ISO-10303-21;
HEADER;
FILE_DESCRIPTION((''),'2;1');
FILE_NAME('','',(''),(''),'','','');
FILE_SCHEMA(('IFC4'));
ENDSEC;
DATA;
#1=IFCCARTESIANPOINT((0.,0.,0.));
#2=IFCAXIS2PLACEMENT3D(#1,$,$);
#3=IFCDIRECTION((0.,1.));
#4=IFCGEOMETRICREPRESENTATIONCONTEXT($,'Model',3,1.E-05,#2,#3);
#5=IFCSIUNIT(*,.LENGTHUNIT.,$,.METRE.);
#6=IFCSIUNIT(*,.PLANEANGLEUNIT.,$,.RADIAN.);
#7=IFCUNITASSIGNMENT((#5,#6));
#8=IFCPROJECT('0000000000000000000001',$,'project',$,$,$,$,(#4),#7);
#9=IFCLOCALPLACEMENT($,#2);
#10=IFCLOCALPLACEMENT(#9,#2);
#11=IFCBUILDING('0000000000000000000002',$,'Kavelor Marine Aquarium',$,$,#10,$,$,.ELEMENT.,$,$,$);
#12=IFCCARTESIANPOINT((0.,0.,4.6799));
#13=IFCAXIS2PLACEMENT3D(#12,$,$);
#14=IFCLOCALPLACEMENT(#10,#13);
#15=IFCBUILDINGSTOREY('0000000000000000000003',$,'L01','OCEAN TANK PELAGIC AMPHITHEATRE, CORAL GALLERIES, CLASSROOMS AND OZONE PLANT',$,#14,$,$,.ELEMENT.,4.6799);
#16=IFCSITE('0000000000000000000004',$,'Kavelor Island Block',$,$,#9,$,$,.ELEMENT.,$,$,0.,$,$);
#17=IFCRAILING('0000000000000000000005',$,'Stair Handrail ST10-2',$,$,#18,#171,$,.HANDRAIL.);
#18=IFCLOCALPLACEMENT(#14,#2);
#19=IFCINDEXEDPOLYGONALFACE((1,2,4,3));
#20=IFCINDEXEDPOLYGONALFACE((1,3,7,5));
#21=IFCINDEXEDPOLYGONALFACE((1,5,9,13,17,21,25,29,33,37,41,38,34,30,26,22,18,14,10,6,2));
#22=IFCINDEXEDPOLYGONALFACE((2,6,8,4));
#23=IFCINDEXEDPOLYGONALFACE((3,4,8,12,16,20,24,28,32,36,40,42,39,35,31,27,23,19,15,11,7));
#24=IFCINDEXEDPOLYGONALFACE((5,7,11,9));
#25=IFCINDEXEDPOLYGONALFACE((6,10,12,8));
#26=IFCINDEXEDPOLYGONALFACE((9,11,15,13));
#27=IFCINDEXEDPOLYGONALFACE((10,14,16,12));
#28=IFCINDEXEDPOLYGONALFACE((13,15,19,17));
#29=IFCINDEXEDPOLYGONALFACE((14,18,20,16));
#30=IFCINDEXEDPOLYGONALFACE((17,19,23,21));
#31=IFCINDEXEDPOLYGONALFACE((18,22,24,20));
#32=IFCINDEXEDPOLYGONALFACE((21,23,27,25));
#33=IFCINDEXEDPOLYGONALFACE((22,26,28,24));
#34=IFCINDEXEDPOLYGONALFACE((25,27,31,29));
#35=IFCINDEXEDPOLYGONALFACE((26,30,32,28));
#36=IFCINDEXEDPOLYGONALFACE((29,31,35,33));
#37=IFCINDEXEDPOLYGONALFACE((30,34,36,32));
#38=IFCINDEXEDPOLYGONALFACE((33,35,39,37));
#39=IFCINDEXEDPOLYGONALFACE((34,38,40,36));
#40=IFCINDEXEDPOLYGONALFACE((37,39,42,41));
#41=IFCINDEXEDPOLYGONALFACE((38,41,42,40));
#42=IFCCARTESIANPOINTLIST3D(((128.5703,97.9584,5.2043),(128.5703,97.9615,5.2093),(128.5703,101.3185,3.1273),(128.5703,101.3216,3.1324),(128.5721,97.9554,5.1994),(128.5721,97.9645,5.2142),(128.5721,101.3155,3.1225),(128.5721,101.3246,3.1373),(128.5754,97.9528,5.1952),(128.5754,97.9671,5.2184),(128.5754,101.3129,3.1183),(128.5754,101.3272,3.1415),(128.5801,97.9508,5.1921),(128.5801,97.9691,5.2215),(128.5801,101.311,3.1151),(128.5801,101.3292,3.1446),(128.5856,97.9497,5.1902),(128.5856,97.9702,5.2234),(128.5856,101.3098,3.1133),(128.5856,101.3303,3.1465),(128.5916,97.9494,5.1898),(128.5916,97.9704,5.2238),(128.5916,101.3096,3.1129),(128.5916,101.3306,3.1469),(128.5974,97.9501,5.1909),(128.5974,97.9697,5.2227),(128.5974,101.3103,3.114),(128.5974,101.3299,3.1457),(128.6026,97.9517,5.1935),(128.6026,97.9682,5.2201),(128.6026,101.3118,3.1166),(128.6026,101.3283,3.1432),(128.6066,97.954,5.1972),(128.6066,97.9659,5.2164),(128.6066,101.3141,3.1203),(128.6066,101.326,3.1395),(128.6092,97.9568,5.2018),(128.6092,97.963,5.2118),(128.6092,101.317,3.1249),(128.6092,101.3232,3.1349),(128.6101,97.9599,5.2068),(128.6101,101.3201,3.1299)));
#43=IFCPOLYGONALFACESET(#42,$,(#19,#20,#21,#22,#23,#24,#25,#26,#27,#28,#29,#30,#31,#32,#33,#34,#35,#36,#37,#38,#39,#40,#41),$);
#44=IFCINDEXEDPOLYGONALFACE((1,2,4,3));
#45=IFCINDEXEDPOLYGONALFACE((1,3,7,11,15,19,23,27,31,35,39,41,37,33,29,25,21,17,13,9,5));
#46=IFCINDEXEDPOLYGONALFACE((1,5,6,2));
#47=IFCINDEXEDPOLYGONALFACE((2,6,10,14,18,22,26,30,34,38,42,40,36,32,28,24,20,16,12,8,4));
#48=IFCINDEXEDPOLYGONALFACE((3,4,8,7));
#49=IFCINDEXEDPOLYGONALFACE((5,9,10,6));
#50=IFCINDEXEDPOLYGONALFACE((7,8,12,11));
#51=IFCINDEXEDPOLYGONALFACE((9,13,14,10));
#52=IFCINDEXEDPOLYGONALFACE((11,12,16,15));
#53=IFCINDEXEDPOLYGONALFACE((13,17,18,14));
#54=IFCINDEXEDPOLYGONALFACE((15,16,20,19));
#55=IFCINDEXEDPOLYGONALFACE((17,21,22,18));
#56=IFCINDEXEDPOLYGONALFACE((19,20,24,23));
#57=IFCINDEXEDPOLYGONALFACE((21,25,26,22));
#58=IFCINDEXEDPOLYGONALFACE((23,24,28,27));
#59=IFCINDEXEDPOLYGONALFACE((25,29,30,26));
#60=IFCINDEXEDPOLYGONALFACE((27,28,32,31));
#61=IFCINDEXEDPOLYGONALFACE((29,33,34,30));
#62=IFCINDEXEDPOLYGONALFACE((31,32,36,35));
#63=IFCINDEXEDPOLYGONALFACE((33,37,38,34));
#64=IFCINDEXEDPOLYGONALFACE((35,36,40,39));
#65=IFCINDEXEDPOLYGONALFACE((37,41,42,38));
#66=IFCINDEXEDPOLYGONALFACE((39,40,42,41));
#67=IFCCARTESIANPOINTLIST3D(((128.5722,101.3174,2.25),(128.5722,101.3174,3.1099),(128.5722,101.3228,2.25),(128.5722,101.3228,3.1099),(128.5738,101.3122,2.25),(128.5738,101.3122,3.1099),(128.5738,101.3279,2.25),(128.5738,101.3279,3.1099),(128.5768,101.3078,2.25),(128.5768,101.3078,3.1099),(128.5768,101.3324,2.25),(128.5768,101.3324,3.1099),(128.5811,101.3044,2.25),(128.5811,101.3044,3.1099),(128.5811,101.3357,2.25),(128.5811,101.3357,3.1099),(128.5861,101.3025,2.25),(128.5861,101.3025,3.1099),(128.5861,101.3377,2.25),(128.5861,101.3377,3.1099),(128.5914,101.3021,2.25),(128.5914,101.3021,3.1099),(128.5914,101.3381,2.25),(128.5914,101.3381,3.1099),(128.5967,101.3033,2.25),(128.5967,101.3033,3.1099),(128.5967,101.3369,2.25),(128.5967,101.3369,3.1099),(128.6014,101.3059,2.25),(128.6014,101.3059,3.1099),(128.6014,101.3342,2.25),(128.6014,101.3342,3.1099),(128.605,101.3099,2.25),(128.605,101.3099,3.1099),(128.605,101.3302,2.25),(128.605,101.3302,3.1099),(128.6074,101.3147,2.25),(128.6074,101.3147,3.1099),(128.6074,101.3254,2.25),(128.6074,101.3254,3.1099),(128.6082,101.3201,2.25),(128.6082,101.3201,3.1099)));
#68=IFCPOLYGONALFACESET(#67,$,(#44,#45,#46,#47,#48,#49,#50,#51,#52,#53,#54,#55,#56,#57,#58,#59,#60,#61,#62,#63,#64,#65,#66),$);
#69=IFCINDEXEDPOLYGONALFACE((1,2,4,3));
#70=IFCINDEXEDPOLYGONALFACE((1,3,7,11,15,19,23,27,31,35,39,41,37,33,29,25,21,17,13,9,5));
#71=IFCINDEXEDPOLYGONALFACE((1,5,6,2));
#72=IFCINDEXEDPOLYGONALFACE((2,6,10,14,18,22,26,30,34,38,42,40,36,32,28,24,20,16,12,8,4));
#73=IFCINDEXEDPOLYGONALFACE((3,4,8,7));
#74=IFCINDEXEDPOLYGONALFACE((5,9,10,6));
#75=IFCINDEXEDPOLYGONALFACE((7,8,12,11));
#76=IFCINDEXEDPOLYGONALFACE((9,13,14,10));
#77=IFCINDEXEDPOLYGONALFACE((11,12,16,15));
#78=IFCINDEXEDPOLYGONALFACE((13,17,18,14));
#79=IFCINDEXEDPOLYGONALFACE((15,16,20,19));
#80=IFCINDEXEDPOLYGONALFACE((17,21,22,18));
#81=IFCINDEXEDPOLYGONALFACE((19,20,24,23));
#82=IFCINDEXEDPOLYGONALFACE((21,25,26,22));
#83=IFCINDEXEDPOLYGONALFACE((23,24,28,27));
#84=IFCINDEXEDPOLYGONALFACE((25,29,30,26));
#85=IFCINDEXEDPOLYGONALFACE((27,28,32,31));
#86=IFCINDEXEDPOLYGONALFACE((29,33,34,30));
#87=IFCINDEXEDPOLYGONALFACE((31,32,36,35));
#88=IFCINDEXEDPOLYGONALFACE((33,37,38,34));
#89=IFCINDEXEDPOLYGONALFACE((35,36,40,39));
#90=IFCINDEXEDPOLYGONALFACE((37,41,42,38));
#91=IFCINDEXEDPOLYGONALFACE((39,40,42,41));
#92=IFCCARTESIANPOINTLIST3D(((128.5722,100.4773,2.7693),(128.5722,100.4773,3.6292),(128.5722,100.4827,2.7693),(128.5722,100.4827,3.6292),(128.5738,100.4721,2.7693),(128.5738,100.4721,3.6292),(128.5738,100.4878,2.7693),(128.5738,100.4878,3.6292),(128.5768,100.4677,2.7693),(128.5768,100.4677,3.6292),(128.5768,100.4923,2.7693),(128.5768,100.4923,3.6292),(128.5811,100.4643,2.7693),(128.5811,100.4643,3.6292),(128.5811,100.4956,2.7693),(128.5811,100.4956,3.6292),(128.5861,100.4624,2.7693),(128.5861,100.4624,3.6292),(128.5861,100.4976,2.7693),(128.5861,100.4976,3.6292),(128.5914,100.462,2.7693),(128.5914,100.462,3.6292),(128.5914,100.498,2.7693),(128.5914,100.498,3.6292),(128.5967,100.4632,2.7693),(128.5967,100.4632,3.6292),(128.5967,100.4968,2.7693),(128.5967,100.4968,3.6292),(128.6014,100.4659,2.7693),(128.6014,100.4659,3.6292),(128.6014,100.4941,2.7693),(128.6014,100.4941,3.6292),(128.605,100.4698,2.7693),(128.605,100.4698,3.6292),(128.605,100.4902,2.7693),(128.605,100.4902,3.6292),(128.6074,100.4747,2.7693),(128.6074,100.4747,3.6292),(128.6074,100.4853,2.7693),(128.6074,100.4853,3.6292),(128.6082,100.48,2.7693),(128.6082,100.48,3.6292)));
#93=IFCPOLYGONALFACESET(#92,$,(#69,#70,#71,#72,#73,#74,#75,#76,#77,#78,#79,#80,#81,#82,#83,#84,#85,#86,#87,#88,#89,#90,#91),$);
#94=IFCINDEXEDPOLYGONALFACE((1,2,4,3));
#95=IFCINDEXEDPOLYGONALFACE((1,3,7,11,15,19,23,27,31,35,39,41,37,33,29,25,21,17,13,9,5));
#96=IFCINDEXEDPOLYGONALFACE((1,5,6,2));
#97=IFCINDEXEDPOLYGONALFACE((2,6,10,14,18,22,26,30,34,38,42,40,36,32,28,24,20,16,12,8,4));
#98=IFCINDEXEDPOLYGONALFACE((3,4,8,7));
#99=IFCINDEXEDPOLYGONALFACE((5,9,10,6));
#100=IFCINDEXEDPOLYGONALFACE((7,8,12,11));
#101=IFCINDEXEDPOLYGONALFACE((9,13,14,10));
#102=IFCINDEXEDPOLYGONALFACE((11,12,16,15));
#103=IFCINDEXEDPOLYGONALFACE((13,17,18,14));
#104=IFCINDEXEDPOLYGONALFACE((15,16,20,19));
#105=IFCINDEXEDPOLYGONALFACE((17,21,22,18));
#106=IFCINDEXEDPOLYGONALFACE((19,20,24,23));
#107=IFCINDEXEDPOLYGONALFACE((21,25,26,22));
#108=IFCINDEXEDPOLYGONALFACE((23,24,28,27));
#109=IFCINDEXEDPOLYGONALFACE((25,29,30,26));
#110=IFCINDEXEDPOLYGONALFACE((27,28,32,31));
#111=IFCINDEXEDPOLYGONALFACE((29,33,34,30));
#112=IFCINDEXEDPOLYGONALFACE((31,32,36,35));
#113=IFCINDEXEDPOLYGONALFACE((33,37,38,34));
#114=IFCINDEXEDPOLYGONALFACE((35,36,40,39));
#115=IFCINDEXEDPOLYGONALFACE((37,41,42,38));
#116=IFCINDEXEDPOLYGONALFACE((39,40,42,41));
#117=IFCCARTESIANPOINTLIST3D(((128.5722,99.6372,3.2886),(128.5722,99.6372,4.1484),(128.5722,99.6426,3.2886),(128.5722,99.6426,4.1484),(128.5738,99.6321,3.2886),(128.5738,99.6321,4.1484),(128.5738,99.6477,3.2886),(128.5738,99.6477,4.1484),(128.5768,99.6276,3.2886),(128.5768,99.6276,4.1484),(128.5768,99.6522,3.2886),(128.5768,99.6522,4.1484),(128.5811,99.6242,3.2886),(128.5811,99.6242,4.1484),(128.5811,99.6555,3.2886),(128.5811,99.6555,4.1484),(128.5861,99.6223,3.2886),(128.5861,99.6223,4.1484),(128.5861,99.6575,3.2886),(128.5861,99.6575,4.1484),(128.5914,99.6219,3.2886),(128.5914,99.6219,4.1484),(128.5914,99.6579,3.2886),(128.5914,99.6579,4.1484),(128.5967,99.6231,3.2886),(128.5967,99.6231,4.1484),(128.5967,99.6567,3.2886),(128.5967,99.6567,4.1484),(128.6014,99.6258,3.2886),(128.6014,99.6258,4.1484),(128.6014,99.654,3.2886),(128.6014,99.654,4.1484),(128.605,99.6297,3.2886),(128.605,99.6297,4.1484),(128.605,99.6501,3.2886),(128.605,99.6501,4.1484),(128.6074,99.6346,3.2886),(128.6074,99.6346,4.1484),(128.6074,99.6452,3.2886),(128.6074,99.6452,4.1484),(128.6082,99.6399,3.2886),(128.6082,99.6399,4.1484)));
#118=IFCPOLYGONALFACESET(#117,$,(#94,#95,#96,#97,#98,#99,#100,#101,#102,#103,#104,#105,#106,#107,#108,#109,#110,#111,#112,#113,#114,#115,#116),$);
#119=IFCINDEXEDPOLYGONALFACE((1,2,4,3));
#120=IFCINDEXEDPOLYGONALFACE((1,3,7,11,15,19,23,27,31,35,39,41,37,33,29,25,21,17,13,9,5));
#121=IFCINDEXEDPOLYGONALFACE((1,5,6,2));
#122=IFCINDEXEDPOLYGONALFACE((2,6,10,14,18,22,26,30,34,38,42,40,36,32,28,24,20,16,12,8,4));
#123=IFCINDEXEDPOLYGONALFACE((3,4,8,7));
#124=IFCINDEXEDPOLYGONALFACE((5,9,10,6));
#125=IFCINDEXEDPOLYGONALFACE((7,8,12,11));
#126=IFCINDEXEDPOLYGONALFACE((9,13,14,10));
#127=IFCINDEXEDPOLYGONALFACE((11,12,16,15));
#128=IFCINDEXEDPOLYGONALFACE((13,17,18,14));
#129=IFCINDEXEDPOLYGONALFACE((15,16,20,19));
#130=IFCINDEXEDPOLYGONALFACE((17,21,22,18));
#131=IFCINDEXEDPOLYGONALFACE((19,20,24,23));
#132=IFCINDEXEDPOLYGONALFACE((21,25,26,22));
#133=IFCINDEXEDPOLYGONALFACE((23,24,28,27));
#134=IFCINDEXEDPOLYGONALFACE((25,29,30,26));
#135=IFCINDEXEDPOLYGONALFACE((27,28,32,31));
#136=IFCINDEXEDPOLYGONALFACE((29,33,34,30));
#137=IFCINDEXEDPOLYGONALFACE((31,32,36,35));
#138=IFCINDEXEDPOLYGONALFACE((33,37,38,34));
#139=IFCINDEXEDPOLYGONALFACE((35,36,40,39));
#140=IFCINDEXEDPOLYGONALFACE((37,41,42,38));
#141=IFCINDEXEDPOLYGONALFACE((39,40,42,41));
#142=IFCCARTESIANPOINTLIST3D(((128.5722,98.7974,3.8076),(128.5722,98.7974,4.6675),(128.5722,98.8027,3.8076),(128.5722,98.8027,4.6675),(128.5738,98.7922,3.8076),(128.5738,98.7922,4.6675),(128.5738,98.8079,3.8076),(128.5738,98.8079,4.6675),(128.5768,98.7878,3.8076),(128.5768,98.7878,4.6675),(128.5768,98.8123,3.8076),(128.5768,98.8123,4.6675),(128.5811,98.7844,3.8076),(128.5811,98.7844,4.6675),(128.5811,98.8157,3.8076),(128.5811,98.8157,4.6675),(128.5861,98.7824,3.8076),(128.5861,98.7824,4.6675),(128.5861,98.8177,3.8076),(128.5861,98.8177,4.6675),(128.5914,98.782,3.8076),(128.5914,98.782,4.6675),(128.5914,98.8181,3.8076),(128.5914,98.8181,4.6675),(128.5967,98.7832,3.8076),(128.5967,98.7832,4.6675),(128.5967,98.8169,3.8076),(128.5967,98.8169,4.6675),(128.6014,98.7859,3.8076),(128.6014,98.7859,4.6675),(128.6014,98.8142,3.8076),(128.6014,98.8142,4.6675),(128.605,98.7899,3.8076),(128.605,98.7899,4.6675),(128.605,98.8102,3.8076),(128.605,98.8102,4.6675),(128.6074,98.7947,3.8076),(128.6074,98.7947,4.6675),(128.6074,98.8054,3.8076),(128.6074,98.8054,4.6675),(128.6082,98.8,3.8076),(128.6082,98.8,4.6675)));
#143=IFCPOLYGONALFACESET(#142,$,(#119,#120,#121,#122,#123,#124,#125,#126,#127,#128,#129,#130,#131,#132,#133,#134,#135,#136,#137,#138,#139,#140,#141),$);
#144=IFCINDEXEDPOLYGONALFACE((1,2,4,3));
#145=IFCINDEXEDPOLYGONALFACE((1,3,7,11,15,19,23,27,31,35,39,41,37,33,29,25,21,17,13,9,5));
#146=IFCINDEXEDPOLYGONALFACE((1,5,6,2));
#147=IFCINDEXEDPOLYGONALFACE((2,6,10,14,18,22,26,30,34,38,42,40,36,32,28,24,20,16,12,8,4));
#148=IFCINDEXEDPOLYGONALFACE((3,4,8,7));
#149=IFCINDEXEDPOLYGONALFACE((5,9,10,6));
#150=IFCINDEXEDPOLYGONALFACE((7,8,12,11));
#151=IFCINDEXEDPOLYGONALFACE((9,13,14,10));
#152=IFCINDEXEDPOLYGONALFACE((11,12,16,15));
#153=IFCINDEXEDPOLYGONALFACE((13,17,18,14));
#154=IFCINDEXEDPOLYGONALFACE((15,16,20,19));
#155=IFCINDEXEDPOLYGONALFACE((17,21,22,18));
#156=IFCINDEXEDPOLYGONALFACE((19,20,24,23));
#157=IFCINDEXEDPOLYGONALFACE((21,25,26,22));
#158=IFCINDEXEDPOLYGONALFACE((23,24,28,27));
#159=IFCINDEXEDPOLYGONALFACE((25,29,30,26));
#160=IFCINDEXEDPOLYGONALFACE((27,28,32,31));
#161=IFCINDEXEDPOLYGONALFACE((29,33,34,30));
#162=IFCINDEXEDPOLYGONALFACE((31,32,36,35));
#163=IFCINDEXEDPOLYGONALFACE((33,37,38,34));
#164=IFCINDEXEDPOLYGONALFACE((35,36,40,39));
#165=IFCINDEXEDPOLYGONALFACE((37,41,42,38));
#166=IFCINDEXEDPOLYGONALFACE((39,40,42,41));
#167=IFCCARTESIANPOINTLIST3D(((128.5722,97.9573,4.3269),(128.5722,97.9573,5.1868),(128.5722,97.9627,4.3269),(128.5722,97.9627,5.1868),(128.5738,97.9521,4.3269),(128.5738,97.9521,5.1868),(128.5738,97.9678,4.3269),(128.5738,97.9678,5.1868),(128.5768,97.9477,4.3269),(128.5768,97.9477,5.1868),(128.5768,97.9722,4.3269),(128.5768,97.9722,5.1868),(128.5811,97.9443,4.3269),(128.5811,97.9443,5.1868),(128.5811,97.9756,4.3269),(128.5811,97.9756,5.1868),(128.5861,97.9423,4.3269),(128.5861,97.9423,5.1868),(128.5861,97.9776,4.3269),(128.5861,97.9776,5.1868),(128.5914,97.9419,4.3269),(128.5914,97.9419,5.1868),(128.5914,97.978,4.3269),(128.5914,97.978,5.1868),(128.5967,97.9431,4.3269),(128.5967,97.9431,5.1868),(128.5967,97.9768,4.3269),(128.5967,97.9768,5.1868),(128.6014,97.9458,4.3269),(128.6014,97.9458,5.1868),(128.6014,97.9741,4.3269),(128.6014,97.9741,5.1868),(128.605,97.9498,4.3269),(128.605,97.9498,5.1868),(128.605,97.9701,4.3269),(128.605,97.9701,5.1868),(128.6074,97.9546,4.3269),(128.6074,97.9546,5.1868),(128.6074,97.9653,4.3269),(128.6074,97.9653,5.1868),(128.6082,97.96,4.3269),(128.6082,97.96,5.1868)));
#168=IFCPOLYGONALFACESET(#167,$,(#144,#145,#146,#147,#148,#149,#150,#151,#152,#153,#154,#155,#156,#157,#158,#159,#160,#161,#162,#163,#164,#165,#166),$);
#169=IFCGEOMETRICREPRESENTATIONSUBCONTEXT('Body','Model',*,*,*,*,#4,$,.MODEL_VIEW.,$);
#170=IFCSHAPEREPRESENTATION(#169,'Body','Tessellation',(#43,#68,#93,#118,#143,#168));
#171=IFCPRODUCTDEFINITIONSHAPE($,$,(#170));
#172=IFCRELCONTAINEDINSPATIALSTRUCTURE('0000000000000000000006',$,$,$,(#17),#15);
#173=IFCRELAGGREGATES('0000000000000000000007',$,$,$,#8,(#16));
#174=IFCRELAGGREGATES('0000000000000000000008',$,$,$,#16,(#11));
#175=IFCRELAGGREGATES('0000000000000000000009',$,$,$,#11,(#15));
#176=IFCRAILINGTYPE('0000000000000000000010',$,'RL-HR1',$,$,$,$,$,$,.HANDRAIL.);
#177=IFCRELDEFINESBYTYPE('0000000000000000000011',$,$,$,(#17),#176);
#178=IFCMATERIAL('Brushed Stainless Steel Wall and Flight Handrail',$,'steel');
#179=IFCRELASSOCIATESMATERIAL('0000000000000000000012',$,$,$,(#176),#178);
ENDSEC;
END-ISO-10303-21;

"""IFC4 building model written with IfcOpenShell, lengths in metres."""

from ifc_helpers import new_model, si_unit, direction, frame, origin, origin_2d, place, context, subcontext, project, spatial, circle, extrude, material, type_object, element, save


model = new_model("IFC4")

# Units and contexts
model_context = context("Model", 3, precision=1e-05, world=origin(), true_north=direction((0.0, 1.0)))
body_context = subcontext(model_context, "Body", "Model", "MODEL_VIEW")
ifc_project = project(units=[si_unit("LENGTHUNIT", "METRE"), si_unit("PLANEANGLEUNIT", "RADIAN")], contexts=[model_context])

# Site, building, storey
site_placement = place(None, origin())
site = spatial("IfcSite", under=ifc_project, at=site_placement, Name="Kavelor Island Block", CompositionType="ELEMENT", RefElevation=0.0)
building_placement = place(site_placement, origin())
building = spatial("IfcBuilding", under=site, at=building_placement, Name="Kavelor Marine Aquarium", CompositionType="ELEMENT")
storey_placement = place(building_placement, frame((0.0, 0.0, 4.6799)))
storey = spatial("IfcBuildingStorey", under=building, at=storey_placement, Name="L01", Description="OCEAN TANK PELAGIC AMPHITHEATRE, CORAL GALLERIES, CLASSROOMS AND OZONE PLANT", CompositionType="ELEMENT", Elevation=4.6799)

# Railing
ifc_material_1 = material(Name="Brushed Stainless Steel Wall and Flight Handrail", Category="steel")
railing_type_1 = type_object("IfcRailingType", Name="RL-HR1", PredefinedType="HANDRAIL", material=ifc_material_1)
railing_1_placement = place(storey_placement, frame((128.5901, 101.3201, 2.25)))
element("IfcRailing", 1, at=railing_1_placement, inside=storey, type_object=railing_type_1, Name="Stair Handrail ST10-2", PredefinedType="HANDRAIL", context=body_context, shape_type="SweptSolid", body=[
    extrude(circle(Radius=0.02, at=origin_2d()), frame((0.0, 0.0, 0.8799), z_axis=(0.0, -0.850623, 0.525776), x_axis=(1.0, 0.0, 0.0)), (0.0, 0.0, 1.0), 3.9502),
    extrude(circle(Radius=0.0181, at=origin_2d()), origin(), (0.0, 0.0, 1.0), 0.8599),
    extrude(circle(Radius=0.0181, at=origin_2d()), frame((0.0, -0.8401, 0.5193)), (0.0, 0.0, 1.0), 0.8599),
    extrude(circle(Radius=0.0181, at=origin_2d()), frame((0.0, -1.6802, 1.0386)), (0.0, 0.0, 1.0), 0.8599),
    extrude(circle(Radius=0.0181, at=origin_2d()), frame((0.0, -2.52, 1.5576)), (0.0, 0.0, 1.0), 0.8599),
    extrude(circle(Radius=0.0181, at=origin_2d()), frame((0.0, -3.3601, 2.0769)), (0.0, 0.0, 1.0), 0.8599),
])

save(model, "model.ifc")
